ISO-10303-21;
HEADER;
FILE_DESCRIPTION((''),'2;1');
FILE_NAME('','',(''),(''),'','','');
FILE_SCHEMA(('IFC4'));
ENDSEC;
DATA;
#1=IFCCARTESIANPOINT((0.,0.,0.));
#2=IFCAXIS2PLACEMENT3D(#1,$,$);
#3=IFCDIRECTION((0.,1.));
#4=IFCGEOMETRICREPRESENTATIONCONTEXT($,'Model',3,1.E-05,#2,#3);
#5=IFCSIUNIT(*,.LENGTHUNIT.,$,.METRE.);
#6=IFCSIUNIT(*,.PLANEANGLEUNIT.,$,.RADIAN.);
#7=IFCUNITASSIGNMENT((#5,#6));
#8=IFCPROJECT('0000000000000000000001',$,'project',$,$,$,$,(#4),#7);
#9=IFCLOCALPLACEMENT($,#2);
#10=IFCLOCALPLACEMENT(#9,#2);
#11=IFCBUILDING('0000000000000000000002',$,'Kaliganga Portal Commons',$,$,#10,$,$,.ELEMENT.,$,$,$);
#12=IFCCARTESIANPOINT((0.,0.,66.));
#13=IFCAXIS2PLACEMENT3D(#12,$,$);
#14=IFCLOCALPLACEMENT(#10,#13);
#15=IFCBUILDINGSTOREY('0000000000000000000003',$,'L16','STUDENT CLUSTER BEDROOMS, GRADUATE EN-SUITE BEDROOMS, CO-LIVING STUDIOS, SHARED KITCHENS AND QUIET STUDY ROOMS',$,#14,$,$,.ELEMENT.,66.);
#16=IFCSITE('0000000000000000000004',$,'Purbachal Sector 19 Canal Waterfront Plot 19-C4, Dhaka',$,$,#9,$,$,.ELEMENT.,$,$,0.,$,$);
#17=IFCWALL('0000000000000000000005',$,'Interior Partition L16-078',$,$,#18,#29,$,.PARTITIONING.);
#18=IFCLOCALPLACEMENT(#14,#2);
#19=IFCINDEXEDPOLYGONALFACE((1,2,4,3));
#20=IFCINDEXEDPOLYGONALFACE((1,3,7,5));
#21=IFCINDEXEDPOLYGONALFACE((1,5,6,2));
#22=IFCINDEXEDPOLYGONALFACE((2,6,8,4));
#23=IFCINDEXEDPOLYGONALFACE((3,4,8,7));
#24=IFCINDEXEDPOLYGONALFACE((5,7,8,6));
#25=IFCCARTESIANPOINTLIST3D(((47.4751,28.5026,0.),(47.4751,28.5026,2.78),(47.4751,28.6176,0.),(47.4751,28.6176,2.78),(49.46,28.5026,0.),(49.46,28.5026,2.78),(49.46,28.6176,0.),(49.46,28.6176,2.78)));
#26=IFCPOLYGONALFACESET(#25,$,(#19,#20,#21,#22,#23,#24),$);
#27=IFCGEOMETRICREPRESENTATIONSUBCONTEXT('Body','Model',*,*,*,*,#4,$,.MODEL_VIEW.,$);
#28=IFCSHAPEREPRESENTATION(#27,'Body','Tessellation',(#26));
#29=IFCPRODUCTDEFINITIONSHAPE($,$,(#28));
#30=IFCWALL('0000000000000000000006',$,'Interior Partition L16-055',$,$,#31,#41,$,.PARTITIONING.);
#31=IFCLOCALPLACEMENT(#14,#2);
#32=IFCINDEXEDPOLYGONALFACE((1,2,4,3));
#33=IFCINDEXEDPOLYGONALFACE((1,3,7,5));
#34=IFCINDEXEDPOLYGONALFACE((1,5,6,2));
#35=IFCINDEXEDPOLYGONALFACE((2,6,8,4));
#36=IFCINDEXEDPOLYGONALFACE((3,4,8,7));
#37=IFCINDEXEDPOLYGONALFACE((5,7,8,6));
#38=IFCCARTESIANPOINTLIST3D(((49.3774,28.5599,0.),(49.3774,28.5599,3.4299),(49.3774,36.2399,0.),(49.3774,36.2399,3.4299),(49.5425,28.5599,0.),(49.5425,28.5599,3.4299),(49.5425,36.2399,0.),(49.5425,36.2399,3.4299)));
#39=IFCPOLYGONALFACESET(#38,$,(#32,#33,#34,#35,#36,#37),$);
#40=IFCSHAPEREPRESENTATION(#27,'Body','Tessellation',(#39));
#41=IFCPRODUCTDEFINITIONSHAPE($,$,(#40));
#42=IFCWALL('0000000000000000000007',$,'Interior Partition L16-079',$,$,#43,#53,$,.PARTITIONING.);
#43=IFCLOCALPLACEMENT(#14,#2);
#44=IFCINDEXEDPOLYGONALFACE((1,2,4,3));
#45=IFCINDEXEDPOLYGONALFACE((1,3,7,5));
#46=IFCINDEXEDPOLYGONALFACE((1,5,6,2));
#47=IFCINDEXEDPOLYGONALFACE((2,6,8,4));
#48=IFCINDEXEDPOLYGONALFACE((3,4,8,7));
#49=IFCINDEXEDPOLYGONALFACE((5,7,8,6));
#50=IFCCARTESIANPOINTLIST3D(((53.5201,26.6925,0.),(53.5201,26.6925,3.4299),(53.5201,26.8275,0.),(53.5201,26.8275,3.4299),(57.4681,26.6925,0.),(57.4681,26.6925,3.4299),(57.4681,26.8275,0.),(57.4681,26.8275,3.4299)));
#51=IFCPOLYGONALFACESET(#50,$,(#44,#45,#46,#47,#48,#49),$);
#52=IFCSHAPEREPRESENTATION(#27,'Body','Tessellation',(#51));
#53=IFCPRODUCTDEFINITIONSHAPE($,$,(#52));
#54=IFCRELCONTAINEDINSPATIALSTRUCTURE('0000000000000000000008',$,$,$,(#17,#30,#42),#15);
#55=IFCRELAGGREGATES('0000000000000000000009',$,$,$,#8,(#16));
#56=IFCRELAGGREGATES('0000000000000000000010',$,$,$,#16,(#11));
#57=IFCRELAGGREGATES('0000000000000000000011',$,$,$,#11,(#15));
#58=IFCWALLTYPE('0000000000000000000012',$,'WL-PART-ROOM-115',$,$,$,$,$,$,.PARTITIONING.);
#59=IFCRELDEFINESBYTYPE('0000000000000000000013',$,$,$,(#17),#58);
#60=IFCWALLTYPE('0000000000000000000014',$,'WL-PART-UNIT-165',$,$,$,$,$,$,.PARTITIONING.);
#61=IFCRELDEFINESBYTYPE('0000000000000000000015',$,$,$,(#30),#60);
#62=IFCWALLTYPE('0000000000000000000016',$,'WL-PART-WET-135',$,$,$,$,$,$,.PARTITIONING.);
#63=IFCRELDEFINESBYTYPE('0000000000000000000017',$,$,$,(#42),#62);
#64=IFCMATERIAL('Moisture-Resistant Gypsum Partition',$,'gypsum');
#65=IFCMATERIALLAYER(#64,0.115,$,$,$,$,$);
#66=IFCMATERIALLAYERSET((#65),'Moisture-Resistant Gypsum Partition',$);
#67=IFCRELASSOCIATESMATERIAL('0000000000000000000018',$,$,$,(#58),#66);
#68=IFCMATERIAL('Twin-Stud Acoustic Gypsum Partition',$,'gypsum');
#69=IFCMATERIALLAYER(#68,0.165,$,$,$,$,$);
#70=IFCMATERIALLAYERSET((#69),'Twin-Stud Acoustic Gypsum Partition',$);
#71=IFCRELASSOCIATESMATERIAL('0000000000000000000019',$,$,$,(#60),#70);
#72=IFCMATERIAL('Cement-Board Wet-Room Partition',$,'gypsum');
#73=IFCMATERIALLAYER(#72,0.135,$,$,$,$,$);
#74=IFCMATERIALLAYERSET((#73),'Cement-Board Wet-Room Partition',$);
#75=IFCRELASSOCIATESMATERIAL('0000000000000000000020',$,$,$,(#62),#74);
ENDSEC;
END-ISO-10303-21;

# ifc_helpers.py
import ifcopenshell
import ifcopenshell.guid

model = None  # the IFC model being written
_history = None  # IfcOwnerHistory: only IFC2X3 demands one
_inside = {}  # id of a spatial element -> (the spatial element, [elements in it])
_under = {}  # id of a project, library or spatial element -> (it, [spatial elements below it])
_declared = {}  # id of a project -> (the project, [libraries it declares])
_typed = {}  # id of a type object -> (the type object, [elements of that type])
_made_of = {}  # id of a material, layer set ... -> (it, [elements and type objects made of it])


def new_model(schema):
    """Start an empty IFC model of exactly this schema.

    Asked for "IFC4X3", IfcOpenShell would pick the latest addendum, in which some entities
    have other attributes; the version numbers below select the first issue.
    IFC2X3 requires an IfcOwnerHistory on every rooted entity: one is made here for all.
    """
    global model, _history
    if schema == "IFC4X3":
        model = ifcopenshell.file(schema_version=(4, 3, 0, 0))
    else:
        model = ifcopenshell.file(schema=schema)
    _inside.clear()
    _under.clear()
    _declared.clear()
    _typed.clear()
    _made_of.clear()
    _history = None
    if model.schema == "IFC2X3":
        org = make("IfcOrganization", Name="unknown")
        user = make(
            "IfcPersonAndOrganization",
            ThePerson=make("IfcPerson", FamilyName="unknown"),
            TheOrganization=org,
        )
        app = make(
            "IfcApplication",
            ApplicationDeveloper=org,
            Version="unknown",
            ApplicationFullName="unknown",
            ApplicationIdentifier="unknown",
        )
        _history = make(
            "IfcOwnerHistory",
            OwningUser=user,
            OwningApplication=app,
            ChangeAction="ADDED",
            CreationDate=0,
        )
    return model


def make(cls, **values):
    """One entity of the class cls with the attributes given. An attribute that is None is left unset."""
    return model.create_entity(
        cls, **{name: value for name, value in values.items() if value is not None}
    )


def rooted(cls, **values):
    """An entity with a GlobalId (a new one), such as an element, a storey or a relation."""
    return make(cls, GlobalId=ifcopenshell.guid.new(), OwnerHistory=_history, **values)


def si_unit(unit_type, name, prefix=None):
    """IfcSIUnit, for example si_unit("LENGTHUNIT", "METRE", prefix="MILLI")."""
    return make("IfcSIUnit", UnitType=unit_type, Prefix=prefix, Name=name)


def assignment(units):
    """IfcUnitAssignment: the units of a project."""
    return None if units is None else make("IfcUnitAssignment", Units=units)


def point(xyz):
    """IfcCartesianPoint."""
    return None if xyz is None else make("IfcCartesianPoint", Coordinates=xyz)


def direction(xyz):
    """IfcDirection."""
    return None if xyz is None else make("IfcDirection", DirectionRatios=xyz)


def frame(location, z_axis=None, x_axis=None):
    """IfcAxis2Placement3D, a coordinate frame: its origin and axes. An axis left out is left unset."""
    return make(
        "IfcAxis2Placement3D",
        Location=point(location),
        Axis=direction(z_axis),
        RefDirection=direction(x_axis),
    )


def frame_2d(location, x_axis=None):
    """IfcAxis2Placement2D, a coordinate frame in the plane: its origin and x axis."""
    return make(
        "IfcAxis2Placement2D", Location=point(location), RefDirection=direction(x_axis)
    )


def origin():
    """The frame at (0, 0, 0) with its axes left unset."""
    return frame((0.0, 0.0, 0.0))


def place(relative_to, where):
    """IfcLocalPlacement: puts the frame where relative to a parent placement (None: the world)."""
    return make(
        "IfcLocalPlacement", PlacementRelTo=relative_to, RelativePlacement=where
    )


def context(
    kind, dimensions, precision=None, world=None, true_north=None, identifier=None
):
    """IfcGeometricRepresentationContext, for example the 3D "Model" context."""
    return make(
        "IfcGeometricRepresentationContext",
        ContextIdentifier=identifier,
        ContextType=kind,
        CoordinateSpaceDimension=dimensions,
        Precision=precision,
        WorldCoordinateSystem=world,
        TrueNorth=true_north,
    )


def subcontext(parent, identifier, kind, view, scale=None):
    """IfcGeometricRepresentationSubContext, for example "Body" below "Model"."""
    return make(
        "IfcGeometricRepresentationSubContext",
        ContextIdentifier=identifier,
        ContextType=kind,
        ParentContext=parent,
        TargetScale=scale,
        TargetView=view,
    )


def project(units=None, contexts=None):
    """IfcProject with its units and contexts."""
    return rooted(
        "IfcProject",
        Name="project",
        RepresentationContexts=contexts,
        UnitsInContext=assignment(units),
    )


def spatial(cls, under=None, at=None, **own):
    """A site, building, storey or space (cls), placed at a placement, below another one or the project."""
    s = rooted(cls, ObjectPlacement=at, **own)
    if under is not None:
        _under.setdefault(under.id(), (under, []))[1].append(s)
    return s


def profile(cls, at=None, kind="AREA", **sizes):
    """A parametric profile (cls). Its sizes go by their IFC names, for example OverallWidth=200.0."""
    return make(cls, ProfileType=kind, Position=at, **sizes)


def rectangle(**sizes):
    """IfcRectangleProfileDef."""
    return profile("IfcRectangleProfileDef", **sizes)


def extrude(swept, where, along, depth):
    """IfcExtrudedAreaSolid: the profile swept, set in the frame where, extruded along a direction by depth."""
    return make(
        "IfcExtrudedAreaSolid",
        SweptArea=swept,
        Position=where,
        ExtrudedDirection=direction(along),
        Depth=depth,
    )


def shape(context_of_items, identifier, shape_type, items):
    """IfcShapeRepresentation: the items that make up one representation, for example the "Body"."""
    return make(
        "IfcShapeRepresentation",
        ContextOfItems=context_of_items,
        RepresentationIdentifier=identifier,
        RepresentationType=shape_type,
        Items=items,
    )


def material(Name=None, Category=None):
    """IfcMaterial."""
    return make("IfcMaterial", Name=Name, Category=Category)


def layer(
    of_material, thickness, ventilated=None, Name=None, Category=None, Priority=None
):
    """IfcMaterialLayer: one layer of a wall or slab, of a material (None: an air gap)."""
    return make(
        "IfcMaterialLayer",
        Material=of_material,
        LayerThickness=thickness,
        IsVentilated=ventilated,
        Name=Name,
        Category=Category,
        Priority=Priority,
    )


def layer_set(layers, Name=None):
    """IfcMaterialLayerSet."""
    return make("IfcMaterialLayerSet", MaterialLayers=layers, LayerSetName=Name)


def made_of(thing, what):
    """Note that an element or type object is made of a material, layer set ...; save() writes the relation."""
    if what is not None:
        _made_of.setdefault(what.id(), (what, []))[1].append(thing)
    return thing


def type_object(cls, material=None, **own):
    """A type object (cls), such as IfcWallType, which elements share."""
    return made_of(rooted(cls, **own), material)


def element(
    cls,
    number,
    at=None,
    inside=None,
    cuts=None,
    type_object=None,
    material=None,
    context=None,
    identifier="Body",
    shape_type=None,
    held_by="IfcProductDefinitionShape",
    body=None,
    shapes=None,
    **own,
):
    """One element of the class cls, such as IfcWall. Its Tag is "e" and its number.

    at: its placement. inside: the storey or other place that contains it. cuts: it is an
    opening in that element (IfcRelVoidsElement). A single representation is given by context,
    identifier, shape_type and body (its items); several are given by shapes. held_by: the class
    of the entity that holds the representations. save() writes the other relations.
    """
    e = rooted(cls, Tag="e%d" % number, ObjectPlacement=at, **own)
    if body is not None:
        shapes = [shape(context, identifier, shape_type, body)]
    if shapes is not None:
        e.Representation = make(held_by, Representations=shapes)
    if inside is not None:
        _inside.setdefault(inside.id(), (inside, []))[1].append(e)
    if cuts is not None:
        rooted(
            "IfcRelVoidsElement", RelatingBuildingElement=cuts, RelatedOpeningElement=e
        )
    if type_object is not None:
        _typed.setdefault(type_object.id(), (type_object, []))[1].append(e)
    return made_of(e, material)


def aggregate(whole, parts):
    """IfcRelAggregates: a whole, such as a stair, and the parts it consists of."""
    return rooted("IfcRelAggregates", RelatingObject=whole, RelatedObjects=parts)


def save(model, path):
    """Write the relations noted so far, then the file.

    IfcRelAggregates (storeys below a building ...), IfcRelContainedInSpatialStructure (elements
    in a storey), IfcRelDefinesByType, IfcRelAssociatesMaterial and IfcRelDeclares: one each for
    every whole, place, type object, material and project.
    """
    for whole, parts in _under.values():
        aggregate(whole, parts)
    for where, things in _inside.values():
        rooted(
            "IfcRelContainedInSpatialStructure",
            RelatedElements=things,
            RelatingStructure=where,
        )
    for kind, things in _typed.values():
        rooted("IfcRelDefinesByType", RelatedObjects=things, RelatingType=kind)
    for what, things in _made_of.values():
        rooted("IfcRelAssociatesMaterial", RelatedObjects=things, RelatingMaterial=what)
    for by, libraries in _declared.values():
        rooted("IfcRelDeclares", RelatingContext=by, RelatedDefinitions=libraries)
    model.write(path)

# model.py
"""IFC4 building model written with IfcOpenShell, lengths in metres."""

from ifc_helpers import new_model, si_unit, direction, frame, frame_2d, origin, place, context, subcontext, project, spatial, rectangle, extrude, material, layer, layer_set, type_object, element, save


model = new_model("IFC4")

# Units and contexts
model_context = context("Model", 3, precision=1e-05, world=origin(), true_north=direction((0.0, 1.0)))
body_context = subcontext(model_context, "Body", "Model", "MODEL_VIEW")
ifc_project = project(units=[si_unit("LENGTHUNIT", "METRE"), si_unit("PLANEANGLEUNIT", "RADIAN")], contexts=[model_context])

# Site, building, storey
site_placement = place(None, origin())
site = spatial("IfcSite", under=ifc_project, at=site_placement, Name="Purbachal Sector 19 Canal Waterfront Plot 19-C4, Dhaka", CompositionType="ELEMENT", RefElevation=0.0)
building_placement = place(site_placement, origin())
building = spatial("IfcBuilding", under=site, at=building_placement, Name="Kaliganga Portal Commons", CompositionType="ELEMENT")
storey_placement = place(building_placement, frame((0.0, 0.0, 66.0)))
storey = spatial("IfcBuildingStorey", under=building, at=storey_placement, Name="L16", Description="STUDENT CLUSTER BEDROOMS, GRADUATE EN-SUITE BEDROOMS, CO-LIVING STUDIOS, SHARED KITCHENS AND QUIET STUDY ROOMS", CompositionType="ELEMENT", Elevation=66.0)

# Walls
ifc_material_1 = material(Name="Moisture-Resistant Gypsum Partition", Category="gypsum")
ifc_layer_1 = layer(ifc_material_1, 0.115)
ifc_layer_set_1 = layer_set([ifc_layer_1], Name="Moisture-Resistant Gypsum Partition")
wall_type_1 = type_object("IfcWallType", Name="WL-PART-ROOM-115", PredefinedType="PARTITIONING", material=ifc_layer_set_1)
wall_1_placement = place(storey_placement, frame((47.4751, 28.5601, 0.0), z_axis=(0.0, 0.0, 1.0), x_axis=(1.0, 0.0, 0.0)))
element("IfcWall", 1, at=wall_1_placement, inside=storey, type_object=wall_type_1, Name="Interior Partition L16-078", PredefinedType="PARTITIONING", context=body_context, shape_type="SweptSolid", body=[
    extrude(rectangle(XDim=1.9849, YDim=0.115, at=frame_2d((0.9924, 0.0))), origin(), (0.0, 0.0, 1.0), 2.78),
])
ifc_material_2 = material(Name="Twin-Stud Acoustic Gypsum Partition", Category="gypsum")
ifc_layer_2 = layer(ifc_material_2, 0.165)
ifc_layer_set_2 = layer_set([ifc_layer_2], Name="Twin-Stud Acoustic Gypsum Partition")
wall_type_2 = type_object("IfcWallType", Name="WL-PART-UNIT-165", PredefinedType="PARTITIONING", material=ifc_layer_set_2)
wall_2_placement = place(storey_placement, frame((49.46, 28.5601, 0.0), z_axis=(0.0, 0.0, 1.0), x_axis=(0.0, 1.0, 0.0)))
element("IfcWall", 2, at=wall_2_placement, inside=storey, type_object=wall_type_2, Name="Interior Partition L16-055", PredefinedType="PARTITIONING", context=body_context, shape_type="SweptSolid", body=[
    extrude(rectangle(XDim=7.6799, YDim=0.165, at=frame_2d((3.8398, 0.0))), origin(), (0.0, 0.0, 1.0), 3.4299),
])
ifc_material_3 = material(Name="Cement-Board Wet-Room Partition", Category="gypsum")
ifc_layer_3 = layer(ifc_material_3, 0.135)
ifc_layer_set_3 = layer_set([ifc_layer_3], Name="Cement-Board Wet-Room Partition")
wall_type_3 = type_object("IfcWallType", Name="WL-PART-WET-135", PredefinedType="PARTITIONING", material=ifc_layer_set_3)
wall_3_placement = place(storey_placement, frame((53.52, 26.76, 0.0), z_axis=(0.0, 0.0, 1.0), x_axis=(1.0, 0.0, 0.0)))
element("IfcWall", 3, at=wall_3_placement, inside=storey, type_object=wall_type_3, Name="Interior Partition L16-079", PredefinedType="PARTITIONING", context=body_context, shape_type="SweptSolid", body=[
    extrude(rectangle(XDim=3.948, YDim=0.135, at=frame_2d((1.9741, 0.0))), origin(), (0.0, 0.0, 1.0), 3.4299),
])

save(model, "model.ifc")
